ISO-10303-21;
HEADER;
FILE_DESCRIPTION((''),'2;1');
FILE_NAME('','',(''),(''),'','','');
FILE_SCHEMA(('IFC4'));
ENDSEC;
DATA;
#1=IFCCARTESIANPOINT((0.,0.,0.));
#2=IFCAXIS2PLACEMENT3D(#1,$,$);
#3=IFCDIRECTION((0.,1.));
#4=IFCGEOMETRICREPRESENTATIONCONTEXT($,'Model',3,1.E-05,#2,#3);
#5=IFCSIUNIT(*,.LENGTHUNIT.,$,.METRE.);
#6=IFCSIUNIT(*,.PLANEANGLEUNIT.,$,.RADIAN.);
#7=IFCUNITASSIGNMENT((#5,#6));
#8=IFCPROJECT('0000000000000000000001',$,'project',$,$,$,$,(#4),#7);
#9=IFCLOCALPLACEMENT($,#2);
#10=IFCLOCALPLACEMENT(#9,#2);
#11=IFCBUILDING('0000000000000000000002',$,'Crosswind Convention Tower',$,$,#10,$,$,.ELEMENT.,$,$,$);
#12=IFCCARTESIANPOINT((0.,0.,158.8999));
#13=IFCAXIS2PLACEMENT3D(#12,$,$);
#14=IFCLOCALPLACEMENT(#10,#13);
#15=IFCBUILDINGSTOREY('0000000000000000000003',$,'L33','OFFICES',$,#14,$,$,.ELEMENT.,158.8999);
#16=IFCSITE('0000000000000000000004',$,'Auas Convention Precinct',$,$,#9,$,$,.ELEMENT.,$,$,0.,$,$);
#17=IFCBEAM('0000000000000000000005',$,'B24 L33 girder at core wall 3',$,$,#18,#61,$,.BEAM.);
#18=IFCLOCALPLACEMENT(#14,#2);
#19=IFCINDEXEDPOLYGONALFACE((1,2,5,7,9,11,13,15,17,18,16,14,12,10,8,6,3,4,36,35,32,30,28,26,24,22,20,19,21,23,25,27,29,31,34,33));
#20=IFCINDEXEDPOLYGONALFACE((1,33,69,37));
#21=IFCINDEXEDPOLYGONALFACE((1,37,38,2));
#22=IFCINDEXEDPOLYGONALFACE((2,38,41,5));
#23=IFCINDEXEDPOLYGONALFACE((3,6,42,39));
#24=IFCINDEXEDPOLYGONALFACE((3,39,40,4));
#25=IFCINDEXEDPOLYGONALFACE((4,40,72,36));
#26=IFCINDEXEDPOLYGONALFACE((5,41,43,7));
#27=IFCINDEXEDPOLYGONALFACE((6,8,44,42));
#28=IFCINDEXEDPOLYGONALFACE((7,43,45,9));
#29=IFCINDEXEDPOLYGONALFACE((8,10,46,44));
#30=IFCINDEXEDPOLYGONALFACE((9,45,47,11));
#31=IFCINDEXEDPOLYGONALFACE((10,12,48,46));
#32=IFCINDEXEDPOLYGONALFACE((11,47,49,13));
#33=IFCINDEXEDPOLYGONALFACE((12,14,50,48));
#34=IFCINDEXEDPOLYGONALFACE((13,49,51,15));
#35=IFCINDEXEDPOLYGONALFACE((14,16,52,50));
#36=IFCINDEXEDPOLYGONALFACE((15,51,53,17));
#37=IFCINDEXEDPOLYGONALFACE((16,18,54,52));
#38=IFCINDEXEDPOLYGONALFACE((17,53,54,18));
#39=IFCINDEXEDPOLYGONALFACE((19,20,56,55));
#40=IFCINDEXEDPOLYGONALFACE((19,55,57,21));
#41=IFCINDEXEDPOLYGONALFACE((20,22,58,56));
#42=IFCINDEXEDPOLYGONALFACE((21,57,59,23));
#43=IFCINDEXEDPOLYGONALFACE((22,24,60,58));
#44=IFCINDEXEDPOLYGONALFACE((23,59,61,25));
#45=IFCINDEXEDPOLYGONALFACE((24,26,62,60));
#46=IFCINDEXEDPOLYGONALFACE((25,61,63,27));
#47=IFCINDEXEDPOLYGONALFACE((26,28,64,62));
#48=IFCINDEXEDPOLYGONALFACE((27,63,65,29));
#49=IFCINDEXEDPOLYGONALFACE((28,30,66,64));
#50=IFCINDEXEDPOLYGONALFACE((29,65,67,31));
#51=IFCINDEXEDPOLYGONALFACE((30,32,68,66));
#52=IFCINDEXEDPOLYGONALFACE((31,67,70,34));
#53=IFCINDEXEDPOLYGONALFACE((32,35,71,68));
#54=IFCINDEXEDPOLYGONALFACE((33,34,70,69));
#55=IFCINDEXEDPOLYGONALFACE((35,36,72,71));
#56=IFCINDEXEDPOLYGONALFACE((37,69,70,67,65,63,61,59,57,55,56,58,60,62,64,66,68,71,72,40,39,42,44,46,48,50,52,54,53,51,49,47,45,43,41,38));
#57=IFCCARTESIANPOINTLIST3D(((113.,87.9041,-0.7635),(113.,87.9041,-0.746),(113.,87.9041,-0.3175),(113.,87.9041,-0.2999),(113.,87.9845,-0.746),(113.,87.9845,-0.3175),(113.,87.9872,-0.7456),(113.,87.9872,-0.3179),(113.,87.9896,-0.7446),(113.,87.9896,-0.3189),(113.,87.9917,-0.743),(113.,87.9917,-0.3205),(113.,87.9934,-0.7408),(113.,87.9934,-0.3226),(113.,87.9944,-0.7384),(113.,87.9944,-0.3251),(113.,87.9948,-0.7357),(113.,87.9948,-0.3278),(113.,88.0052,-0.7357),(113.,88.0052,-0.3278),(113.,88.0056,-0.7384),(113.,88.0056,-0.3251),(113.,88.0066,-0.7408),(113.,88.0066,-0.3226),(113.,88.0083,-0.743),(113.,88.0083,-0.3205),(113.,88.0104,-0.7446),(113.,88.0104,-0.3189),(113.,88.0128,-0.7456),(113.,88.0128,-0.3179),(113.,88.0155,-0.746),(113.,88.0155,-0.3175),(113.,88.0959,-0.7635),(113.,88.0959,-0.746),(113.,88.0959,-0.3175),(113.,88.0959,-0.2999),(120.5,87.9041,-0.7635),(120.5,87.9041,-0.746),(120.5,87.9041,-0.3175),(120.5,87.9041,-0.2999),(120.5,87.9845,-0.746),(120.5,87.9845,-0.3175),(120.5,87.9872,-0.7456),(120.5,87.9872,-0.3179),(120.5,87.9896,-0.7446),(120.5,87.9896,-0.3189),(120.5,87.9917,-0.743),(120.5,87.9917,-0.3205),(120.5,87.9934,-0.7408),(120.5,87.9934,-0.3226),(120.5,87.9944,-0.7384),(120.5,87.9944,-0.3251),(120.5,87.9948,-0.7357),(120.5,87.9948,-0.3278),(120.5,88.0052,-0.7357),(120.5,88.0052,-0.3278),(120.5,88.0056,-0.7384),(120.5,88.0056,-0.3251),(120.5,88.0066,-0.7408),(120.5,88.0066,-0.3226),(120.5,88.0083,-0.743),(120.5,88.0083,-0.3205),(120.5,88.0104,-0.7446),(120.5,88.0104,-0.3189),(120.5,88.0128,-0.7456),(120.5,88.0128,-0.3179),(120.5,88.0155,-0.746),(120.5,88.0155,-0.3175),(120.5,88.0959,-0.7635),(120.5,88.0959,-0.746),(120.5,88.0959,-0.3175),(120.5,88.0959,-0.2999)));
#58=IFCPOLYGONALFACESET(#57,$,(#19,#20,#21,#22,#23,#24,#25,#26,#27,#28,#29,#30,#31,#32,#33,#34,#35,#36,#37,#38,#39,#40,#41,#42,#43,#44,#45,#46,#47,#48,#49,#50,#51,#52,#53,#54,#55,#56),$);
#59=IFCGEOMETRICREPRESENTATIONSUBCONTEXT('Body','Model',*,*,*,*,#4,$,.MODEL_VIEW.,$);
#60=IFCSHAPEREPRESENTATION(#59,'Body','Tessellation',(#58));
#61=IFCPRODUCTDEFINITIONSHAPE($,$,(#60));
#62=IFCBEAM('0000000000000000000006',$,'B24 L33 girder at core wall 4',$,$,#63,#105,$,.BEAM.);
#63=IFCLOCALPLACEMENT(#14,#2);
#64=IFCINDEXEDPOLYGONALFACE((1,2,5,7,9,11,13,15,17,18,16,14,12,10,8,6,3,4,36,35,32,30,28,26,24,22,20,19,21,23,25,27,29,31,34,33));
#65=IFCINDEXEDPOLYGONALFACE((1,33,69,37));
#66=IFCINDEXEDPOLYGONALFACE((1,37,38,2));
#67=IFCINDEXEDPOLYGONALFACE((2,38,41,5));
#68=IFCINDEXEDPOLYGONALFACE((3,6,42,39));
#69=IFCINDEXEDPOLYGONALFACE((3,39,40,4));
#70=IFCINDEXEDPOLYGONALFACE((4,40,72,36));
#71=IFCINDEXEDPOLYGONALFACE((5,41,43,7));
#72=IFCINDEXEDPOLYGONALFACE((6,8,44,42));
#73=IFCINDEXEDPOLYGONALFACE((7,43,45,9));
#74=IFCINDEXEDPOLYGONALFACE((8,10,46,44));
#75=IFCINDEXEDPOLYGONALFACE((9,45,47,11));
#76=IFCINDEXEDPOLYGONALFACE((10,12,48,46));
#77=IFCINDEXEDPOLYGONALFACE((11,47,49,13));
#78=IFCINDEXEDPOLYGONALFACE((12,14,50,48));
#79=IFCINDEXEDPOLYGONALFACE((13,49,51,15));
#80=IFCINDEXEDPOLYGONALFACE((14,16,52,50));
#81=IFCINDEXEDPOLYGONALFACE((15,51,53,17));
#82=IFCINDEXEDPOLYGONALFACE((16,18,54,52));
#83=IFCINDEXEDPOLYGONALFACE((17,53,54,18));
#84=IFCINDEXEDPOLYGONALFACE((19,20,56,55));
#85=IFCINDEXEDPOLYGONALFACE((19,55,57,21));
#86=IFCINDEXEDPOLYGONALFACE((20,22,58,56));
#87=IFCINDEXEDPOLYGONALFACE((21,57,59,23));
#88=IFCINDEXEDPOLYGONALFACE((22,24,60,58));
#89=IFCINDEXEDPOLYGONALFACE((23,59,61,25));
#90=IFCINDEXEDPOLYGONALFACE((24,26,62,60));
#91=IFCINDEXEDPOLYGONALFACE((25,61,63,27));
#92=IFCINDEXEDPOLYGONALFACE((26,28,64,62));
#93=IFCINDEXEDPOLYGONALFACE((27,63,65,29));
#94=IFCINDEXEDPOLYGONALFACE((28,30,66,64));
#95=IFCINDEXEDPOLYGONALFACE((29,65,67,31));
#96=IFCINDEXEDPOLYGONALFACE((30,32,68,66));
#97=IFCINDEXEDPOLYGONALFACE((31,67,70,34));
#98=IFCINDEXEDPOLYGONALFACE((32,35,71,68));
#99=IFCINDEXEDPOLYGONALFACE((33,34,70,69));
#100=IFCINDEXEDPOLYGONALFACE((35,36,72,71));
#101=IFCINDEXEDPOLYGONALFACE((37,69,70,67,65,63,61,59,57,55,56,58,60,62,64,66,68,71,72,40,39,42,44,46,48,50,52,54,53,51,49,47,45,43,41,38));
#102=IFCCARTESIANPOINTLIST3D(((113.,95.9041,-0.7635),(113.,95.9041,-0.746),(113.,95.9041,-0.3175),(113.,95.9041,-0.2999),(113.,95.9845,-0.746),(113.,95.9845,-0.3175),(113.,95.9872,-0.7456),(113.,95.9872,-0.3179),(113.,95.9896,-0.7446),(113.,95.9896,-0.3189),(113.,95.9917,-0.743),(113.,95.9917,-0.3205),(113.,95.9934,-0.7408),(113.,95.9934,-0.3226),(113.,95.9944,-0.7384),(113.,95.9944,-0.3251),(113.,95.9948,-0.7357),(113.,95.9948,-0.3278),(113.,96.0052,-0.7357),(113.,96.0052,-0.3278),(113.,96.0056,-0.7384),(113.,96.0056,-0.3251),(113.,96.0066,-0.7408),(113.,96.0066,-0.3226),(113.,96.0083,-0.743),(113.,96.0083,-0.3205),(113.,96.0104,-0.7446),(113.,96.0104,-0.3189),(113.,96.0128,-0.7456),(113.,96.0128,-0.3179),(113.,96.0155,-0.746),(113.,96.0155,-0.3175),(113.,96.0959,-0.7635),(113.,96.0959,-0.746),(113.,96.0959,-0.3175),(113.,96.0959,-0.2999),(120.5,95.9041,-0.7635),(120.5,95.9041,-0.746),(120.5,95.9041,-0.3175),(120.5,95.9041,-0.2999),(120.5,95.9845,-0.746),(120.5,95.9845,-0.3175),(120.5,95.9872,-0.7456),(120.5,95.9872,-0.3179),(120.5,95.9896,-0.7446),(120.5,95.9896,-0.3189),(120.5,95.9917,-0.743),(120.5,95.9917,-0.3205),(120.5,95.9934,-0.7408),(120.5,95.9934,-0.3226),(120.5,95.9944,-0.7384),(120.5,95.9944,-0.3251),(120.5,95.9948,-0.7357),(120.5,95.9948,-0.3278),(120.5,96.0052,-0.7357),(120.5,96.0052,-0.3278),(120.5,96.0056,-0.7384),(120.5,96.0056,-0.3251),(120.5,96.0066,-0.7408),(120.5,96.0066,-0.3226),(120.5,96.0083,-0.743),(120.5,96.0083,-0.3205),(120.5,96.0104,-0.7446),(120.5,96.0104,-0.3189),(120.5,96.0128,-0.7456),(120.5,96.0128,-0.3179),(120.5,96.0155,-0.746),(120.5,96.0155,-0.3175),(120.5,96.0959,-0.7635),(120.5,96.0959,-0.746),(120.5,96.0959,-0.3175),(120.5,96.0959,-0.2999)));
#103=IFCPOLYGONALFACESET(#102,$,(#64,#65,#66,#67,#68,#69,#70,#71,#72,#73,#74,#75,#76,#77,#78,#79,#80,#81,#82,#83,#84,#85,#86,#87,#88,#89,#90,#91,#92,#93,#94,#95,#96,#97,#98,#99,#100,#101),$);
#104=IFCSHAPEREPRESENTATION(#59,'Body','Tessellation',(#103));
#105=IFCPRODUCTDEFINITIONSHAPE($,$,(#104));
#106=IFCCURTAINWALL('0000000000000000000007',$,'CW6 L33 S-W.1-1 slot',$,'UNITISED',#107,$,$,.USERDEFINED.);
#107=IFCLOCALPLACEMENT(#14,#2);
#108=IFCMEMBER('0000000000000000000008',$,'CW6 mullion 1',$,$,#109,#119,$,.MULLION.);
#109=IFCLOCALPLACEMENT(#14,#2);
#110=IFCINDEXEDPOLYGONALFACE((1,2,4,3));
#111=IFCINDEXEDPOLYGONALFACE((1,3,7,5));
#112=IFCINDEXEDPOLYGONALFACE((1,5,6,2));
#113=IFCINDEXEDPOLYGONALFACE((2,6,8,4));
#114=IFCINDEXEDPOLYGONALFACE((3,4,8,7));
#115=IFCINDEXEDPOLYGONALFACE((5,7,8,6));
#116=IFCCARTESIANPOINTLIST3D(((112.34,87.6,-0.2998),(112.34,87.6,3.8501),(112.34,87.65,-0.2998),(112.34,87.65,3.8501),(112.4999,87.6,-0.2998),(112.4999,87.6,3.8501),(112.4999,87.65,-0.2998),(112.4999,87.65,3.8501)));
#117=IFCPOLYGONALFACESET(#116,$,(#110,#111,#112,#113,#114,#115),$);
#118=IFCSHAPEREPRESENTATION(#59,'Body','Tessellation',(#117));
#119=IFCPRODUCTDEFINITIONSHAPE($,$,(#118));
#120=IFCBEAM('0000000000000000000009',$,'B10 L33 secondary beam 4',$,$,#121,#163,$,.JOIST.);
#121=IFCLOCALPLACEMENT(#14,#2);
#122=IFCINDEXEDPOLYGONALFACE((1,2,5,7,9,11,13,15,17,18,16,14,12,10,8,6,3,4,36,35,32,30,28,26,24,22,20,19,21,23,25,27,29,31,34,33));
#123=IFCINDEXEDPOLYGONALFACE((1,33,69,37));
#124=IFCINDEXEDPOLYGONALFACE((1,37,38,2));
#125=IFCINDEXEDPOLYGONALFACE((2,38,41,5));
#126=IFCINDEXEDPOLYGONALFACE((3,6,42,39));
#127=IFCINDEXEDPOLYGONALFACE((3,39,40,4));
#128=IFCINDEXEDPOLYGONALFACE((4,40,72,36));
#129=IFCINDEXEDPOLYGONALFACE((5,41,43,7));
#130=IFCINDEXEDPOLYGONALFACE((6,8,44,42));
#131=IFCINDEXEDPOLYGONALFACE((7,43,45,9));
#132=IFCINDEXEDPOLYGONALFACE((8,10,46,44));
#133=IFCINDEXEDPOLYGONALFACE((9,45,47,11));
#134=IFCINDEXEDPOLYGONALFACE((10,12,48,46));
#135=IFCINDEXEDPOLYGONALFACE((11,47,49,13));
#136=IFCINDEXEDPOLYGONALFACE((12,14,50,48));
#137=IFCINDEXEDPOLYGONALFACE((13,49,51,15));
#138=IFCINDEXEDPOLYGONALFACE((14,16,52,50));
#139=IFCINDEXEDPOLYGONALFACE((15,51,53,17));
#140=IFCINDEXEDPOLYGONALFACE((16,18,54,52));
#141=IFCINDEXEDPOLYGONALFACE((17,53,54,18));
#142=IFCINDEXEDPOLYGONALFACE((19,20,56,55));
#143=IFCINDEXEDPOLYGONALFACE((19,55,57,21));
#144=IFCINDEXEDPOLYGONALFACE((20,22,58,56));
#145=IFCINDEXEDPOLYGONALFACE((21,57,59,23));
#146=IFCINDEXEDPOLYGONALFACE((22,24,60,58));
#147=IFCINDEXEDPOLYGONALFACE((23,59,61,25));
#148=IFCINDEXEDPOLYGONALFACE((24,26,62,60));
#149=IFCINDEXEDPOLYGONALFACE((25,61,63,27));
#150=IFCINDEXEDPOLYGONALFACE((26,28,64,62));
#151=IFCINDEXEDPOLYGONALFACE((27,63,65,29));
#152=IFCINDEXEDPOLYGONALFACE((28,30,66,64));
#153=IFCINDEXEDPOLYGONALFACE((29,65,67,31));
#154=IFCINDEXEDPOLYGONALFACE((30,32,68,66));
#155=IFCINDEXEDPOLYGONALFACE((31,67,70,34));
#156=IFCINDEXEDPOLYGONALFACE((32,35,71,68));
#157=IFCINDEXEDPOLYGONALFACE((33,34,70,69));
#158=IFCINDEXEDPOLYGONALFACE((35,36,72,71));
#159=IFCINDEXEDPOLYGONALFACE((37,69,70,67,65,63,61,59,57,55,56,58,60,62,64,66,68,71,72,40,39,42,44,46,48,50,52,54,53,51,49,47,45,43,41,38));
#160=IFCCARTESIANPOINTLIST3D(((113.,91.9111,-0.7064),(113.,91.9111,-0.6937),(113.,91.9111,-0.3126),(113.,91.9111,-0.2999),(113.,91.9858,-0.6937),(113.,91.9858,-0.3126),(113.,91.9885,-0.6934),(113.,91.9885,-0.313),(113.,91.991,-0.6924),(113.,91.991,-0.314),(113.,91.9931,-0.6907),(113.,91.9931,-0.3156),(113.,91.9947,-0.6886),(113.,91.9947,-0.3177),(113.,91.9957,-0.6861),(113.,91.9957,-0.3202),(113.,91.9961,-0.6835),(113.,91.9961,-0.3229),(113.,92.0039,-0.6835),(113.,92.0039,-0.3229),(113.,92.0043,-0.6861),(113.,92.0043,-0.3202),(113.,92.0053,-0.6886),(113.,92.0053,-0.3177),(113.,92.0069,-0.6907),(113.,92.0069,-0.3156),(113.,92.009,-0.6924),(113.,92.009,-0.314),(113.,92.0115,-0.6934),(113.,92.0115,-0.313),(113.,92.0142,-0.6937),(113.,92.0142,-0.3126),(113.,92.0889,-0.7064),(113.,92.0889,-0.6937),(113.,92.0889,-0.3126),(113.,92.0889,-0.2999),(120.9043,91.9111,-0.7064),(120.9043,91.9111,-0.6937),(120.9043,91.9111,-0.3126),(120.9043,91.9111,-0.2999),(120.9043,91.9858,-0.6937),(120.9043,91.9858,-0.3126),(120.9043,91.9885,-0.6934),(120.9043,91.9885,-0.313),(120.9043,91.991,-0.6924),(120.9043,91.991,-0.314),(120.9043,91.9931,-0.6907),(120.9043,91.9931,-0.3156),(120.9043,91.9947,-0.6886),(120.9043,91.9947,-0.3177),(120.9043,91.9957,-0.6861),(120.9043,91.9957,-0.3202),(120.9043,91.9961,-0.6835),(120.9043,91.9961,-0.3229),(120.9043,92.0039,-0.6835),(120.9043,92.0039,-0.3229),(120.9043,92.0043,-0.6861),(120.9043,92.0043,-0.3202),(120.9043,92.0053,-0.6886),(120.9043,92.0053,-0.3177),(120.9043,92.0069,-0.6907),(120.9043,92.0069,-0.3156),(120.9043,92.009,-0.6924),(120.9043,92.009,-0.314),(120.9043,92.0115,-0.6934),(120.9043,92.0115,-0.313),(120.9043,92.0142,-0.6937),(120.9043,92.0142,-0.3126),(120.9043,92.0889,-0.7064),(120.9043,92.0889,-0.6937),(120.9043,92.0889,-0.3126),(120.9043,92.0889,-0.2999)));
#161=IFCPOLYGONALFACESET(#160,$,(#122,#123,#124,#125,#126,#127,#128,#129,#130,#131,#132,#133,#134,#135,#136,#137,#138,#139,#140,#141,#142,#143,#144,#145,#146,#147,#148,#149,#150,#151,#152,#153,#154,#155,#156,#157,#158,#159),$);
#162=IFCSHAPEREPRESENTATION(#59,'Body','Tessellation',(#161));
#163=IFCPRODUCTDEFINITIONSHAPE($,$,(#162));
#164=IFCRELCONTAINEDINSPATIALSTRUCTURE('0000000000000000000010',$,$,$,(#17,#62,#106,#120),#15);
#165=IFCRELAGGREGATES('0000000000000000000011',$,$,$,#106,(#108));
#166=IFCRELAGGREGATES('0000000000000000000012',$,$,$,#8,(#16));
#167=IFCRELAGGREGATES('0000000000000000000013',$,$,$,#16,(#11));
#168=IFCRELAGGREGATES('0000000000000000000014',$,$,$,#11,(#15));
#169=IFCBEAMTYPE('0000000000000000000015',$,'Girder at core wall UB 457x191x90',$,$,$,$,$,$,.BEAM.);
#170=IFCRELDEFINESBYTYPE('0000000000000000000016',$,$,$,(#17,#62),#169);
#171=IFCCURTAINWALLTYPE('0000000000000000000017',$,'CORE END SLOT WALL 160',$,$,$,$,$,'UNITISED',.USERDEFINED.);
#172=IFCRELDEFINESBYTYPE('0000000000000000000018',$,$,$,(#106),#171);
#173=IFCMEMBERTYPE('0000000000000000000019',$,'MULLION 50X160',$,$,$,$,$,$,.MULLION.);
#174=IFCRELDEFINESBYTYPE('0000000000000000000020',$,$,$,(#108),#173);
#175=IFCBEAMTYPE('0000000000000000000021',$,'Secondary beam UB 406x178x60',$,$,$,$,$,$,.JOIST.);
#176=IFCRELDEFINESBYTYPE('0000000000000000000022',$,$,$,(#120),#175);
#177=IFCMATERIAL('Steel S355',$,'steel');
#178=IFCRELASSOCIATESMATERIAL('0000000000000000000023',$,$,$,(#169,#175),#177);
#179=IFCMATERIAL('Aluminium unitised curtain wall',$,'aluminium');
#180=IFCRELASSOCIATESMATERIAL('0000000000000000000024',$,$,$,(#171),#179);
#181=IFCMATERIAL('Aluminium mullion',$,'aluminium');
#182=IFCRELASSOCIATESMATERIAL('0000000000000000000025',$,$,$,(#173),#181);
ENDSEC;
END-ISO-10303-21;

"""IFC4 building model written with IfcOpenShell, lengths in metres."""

from ifc_helpers import new_model, si_unit, direction, frame, origin, origin_2d, place, context, subcontext, project, spatial, rectangle, i_section, extrude, material, material_profile, profile_set, type_object, element, aggregate, save


model = new_model("IFC4")

# Units and contexts
model_context = context("Model", 3, precision=1e-05, world=origin(), true_north=direction((0.0, 1.0)))
body_context = subcontext(model_context, "Body", "Model", "MODEL_VIEW")
ifc_project = project(units=[si_unit("LENGTHUNIT", "METRE"), si_unit("PLANEANGLEUNIT", "RADIAN")], contexts=[model_context])

# Site, building, storey
site_placement = place(None, origin())
site = spatial("IfcSite", under=ifc_project, at=site_placement, Name="Auas Convention Precinct", CompositionType="ELEMENT", RefElevation=0.0)
building_placement = place(site_placement, origin())
building = spatial("IfcBuilding", under=site, at=building_placement, Name="Crosswind Convention Tower", CompositionType="ELEMENT")
storey_placement = place(building_placement, frame((0.0, 0.0, 158.8999)))
storey = spatial("IfcBuildingStorey", under=building, at=storey_placement, Name="L33", Description="OFFICES", CompositionType="ELEMENT", Elevation=158.8999)

# Beams
ifc_material_1 = material(Name="Steel S355", Category="steel")
ifc_material_profile_1 = material_profile(ifc_material_1, i_section(OverallWidth=0.1919, OverallDepth=0.4636, WebThickness=0.0105, FlangeThickness=0.0176, FilletRadius=0.0103, at=origin_2d()), Name="UB 457x191x90")
ifc_profile_set_1 = profile_set([ifc_material_profile_1], Name="Steel S355")
beam_type_1 = type_object("IfcBeamType", Name="Girder at core wall UB 457x191x90", PredefinedType="BEAM", material=ifc_profile_set_1)
for number, where, z_axis, x_axis, name in (
    (1, (113.0, 88.0, -0.5317), (1.0, 0.0, 0.0), (0.0, 1.0, 0.0), "B24 L33 girder at core wall 3"),
    (2, (113.0, 96.0, -0.5317), (1.0, 0.0, 0.0), (0.0, 1.0, 0.0), "B24 L33 girder at core wall 4"),
):
    element("IfcBeam", number, at=place(storey_placement, frame(where, z_axis=z_axis, x_axis=x_axis)), inside=storey, type_object=beam_type_1, Name=name, PredefinedType="BEAM", context=body_context, shape_type="SweptSolid", body=[
        extrude(i_section(OverallWidth=0.1919, OverallDepth=0.4636, WebThickness=0.0105, FlangeThickness=0.0176, FilletRadius=0.0103, at=origin_2d()), origin(), (0.0, 0.0, 1.0), 7.5),
    ])

# Curtain wall, member
ifc_material_2 = material(Name="Aluminium unitised curtain wall", Category="aluminium")
curtain_wall_type = type_object("IfcCurtainWallType", Name="CORE END SLOT WALL 160", ElementType="UNITISED", PredefinedType="USERDEFINED", material=ifc_material_2)
curtain_wall_placement = place(storey_placement, origin())
curtain_wall = element("IfcCurtainWall", 3, at=curtain_wall_placement, inside=storey, type_object=curtain_wall_type, Name="CW6 L33 S-W.1-1 slot", ObjectType="UNITISED", PredefinedType="USERDEFINED")
ifc_material_3 = material(Name="Aluminium mullion", Category="aluminium")
ifc_material_profile_2 = material_profile(ifc_material_3, rectangle(XDim=0.1599, YDim=0.05, at=origin_2d()), Name="AL 160X50")
ifc_profile_set_2 = profile_set([ifc_material_profile_2], Name="Aluminium mullion")
member_type_1 = type_object("IfcMemberType", Name="MULLION 50X160", PredefinedType="MULLION", material=ifc_profile_set_2)
member_1_placement = place(storey_placement, frame((112.4199, 87.625, -0.2998), z_axis=(0.0, 0.0, 1.0), x_axis=(-1.0, 0.0, 0.0)))
member_1 = element("IfcMember", 4, at=member_1_placement, type_object=member_type_1, Name="CW6 mullion 1", PredefinedType="MULLION", context=body_context, shape_type="SweptSolid", body=[
    extrude(rectangle(XDim=0.1599, YDim=0.05, at=origin_2d()), origin(), (0.0, 0.0, 1.0), 4.1499),
])

# Beam
ifc_material_profile_3 = material_profile(ifc_material_1, i_section(OverallWidth=0.1777, OverallDepth=0.4065, WebThickness=0.0078, FlangeThickness=0.0127, FilletRadius=0.0103, at=origin_2d()), Name="UB 406x178x60")
ifc_profile_set_3 = profile_set([ifc_material_profile_3], Name="Steel S355")
beam_type_2 = type_object("IfcBeamType", Name="Secondary beam UB 406x178x60", PredefinedType="JOIST", material=ifc_profile_set_3)
beam_1_placement = place(storey_placement, frame((113.0, 92.0, -0.5032), z_axis=(1.0, 0.0, 0.0), x_axis=(0.0, 1.0, 0.0)))
element("IfcBeam", 5, at=beam_1_placement, inside=storey, type_object=beam_type_2, Name="B10 L33 secondary beam 4", PredefinedType="JOIST", context=body_context, shape_type="SweptSolid", body=[
    extrude(i_section(OverallWidth=0.1777, OverallDepth=0.4065, WebThickness=0.0078, FlangeThickness=0.0127, FilletRadius=0.0103, at=origin_2d()), origin(), (0.0, 0.0, 1.0), 7.9043),
])

aggregate(curtain_wall, [member_1])

save(model, "model.ifc")
